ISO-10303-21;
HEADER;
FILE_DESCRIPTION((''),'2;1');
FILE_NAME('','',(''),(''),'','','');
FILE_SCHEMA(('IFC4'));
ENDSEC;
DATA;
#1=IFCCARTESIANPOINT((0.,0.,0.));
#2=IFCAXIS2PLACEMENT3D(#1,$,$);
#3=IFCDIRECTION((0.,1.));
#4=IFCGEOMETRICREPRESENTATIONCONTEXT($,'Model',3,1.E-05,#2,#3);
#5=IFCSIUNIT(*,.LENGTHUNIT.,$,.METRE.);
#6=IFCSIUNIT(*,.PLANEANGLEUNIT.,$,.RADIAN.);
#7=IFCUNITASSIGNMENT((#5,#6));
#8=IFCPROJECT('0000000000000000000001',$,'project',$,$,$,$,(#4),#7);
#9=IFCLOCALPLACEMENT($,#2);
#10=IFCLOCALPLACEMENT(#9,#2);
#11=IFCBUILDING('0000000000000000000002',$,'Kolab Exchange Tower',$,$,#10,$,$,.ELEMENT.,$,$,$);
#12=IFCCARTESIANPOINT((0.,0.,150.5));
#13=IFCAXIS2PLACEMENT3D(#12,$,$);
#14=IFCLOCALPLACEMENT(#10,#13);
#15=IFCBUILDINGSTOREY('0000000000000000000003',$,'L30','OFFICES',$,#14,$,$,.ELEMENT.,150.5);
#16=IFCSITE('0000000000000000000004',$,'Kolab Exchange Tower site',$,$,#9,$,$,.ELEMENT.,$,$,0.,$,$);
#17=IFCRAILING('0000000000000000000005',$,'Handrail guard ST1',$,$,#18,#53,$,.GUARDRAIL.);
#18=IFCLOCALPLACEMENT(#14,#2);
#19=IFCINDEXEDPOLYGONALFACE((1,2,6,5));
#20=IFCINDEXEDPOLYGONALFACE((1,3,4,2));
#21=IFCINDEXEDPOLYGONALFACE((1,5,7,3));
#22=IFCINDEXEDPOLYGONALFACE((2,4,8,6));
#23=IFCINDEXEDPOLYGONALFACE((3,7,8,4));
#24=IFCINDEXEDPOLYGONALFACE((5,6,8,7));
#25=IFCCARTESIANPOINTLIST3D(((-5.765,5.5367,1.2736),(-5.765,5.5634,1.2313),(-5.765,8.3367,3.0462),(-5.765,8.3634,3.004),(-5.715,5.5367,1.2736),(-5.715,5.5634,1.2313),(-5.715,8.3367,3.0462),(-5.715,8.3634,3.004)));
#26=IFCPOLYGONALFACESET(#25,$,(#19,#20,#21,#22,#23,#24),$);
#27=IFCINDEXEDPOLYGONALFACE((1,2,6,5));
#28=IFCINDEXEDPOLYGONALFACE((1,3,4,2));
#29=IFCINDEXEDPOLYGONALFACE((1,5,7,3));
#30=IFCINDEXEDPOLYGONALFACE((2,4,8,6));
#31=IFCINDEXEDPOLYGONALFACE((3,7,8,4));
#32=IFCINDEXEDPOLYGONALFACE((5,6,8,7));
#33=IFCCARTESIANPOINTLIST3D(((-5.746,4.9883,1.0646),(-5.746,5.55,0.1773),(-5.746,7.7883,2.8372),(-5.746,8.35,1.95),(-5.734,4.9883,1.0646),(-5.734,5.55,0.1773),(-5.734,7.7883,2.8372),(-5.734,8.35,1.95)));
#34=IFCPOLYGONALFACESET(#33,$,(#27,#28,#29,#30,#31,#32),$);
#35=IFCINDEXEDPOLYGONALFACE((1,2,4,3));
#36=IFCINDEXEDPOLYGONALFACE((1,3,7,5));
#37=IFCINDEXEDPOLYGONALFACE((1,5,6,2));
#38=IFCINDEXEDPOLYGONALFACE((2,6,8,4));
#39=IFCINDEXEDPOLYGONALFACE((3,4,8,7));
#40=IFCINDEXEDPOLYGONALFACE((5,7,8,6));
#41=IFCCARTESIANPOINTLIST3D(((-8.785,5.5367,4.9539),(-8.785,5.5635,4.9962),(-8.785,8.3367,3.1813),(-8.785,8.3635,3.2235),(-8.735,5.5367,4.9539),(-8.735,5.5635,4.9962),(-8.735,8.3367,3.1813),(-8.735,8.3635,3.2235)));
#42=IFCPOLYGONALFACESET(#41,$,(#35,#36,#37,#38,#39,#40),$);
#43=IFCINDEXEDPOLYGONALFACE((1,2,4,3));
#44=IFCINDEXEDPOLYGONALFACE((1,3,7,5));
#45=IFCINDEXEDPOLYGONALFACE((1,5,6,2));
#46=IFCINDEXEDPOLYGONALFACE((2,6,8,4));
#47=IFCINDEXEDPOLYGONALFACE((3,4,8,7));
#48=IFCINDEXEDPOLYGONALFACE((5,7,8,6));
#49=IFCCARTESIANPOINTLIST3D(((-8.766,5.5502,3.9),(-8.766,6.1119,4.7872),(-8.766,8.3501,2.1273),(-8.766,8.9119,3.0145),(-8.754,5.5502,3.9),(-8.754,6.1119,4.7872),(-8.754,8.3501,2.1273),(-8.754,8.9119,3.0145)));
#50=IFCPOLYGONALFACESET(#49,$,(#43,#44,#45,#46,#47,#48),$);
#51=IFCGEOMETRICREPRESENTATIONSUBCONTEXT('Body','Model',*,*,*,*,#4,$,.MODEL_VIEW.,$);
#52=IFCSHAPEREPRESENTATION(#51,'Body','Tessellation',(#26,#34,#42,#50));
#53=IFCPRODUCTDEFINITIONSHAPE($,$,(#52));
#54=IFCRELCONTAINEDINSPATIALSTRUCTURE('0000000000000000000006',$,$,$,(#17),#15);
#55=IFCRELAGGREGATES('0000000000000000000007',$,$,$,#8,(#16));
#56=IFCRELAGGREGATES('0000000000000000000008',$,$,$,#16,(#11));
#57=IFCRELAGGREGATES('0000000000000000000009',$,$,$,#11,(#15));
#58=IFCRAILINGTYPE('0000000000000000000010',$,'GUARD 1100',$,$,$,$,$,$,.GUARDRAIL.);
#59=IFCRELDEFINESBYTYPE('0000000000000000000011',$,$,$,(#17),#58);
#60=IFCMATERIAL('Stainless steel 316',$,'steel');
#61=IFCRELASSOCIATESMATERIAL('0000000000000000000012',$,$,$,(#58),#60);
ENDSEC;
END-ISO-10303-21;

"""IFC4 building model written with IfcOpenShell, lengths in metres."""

from ifc_helpers import new_model, si_unit, direction, frame, frame_2d, origin, origin_2d, place, context, subcontext, project, spatial, rectangle, extrude, material, type_object, element, save


model = new_model("IFC4")

# Units and contexts
model_context = context("Model", 3, precision=1e-05, world=origin(), true_north=direction((0.0, 1.0)))
body_context = subcontext(model_context, "Body", "Model", "MODEL_VIEW")
ifc_project = project(units=[si_unit("LENGTHUNIT", "METRE"), si_unit("PLANEANGLEUNIT", "RADIAN")], contexts=[model_context])

# Site, building, storey
site_placement = place(None, origin())
site = spatial("IfcSite", under=ifc_project, at=site_placement, Name="Kolab Exchange Tower site", CompositionType="ELEMENT", RefElevation=0.0)
building_placement = place(site_placement, origin())
building = spatial("IfcBuilding", under=site, at=building_placement, Name="Kolab Exchange Tower", CompositionType="ELEMENT")
storey_placement = place(building_placement, frame((0.0, 0.0, 150.5)))
storey = spatial("IfcBuildingStorey", under=building, at=storey_placement, Name="L30", Description="OFFICES", CompositionType="ELEMENT", Elevation=150.5)

# Shared definitions
ifc_material_1 = material(Name="Stainless steel 316", Category="steel")

# Railing
railing_type = type_object("IfcRailingType", Name="GUARD 1100", PredefinedType="GUARDRAIL", material=ifc_material_1)
railing_1_placement = place(storey_placement, frame((-5.74, 5.55, 0.1772)))
element("IfcRailing", 1, at=railing_1_placement, inside=storey, type_object=railing_type, Name="Handrail guard ST1", PredefinedType="GUARDRAIL", context=body_context, shape_type="SweptSolid", body=[
    extrude(rectangle(XDim=0.05, YDim=0.05, at=origin_2d()), frame((0.0, 0.0, 1.0752), z_axis=(0.0, 0.844909, 0.53491), x_axis=(-1.0, 0.0, 0.0)), (0.0, 0.0, 1.0), 3.314),
    extrude(rectangle(XDim=0.012, YDim=1.0501, at=frame_2d((0.0, 0.5251))), frame((0.0, 0.0, 0.0), z_axis=(0.0, 0.844909, 0.53491), x_axis=(-1.0, 0.0, 0.0)), (0.0, 0.0, 1.0), 3.314),
    extrude(rectangle(XDim=0.05, YDim=0.05, at=origin_2d()), frame((-3.02, 2.8, 3.0251), z_axis=(0.0, -0.844909, 0.53491), x_axis=(1.0, 0.0, 0.0)), (0.0, 0.0, 1.0), 3.314),
    extrude(rectangle(XDim=0.012, YDim=1.0501, at=frame_2d((0.0, 0.5251))), frame((-3.02, 2.8, 1.95), z_axis=(0.0, -0.844909, 0.53491), x_axis=(1.0, 0.0, 0.0)), (0.0, 0.0, 1.0), 3.314),
])

save(model, "model.ifc")
